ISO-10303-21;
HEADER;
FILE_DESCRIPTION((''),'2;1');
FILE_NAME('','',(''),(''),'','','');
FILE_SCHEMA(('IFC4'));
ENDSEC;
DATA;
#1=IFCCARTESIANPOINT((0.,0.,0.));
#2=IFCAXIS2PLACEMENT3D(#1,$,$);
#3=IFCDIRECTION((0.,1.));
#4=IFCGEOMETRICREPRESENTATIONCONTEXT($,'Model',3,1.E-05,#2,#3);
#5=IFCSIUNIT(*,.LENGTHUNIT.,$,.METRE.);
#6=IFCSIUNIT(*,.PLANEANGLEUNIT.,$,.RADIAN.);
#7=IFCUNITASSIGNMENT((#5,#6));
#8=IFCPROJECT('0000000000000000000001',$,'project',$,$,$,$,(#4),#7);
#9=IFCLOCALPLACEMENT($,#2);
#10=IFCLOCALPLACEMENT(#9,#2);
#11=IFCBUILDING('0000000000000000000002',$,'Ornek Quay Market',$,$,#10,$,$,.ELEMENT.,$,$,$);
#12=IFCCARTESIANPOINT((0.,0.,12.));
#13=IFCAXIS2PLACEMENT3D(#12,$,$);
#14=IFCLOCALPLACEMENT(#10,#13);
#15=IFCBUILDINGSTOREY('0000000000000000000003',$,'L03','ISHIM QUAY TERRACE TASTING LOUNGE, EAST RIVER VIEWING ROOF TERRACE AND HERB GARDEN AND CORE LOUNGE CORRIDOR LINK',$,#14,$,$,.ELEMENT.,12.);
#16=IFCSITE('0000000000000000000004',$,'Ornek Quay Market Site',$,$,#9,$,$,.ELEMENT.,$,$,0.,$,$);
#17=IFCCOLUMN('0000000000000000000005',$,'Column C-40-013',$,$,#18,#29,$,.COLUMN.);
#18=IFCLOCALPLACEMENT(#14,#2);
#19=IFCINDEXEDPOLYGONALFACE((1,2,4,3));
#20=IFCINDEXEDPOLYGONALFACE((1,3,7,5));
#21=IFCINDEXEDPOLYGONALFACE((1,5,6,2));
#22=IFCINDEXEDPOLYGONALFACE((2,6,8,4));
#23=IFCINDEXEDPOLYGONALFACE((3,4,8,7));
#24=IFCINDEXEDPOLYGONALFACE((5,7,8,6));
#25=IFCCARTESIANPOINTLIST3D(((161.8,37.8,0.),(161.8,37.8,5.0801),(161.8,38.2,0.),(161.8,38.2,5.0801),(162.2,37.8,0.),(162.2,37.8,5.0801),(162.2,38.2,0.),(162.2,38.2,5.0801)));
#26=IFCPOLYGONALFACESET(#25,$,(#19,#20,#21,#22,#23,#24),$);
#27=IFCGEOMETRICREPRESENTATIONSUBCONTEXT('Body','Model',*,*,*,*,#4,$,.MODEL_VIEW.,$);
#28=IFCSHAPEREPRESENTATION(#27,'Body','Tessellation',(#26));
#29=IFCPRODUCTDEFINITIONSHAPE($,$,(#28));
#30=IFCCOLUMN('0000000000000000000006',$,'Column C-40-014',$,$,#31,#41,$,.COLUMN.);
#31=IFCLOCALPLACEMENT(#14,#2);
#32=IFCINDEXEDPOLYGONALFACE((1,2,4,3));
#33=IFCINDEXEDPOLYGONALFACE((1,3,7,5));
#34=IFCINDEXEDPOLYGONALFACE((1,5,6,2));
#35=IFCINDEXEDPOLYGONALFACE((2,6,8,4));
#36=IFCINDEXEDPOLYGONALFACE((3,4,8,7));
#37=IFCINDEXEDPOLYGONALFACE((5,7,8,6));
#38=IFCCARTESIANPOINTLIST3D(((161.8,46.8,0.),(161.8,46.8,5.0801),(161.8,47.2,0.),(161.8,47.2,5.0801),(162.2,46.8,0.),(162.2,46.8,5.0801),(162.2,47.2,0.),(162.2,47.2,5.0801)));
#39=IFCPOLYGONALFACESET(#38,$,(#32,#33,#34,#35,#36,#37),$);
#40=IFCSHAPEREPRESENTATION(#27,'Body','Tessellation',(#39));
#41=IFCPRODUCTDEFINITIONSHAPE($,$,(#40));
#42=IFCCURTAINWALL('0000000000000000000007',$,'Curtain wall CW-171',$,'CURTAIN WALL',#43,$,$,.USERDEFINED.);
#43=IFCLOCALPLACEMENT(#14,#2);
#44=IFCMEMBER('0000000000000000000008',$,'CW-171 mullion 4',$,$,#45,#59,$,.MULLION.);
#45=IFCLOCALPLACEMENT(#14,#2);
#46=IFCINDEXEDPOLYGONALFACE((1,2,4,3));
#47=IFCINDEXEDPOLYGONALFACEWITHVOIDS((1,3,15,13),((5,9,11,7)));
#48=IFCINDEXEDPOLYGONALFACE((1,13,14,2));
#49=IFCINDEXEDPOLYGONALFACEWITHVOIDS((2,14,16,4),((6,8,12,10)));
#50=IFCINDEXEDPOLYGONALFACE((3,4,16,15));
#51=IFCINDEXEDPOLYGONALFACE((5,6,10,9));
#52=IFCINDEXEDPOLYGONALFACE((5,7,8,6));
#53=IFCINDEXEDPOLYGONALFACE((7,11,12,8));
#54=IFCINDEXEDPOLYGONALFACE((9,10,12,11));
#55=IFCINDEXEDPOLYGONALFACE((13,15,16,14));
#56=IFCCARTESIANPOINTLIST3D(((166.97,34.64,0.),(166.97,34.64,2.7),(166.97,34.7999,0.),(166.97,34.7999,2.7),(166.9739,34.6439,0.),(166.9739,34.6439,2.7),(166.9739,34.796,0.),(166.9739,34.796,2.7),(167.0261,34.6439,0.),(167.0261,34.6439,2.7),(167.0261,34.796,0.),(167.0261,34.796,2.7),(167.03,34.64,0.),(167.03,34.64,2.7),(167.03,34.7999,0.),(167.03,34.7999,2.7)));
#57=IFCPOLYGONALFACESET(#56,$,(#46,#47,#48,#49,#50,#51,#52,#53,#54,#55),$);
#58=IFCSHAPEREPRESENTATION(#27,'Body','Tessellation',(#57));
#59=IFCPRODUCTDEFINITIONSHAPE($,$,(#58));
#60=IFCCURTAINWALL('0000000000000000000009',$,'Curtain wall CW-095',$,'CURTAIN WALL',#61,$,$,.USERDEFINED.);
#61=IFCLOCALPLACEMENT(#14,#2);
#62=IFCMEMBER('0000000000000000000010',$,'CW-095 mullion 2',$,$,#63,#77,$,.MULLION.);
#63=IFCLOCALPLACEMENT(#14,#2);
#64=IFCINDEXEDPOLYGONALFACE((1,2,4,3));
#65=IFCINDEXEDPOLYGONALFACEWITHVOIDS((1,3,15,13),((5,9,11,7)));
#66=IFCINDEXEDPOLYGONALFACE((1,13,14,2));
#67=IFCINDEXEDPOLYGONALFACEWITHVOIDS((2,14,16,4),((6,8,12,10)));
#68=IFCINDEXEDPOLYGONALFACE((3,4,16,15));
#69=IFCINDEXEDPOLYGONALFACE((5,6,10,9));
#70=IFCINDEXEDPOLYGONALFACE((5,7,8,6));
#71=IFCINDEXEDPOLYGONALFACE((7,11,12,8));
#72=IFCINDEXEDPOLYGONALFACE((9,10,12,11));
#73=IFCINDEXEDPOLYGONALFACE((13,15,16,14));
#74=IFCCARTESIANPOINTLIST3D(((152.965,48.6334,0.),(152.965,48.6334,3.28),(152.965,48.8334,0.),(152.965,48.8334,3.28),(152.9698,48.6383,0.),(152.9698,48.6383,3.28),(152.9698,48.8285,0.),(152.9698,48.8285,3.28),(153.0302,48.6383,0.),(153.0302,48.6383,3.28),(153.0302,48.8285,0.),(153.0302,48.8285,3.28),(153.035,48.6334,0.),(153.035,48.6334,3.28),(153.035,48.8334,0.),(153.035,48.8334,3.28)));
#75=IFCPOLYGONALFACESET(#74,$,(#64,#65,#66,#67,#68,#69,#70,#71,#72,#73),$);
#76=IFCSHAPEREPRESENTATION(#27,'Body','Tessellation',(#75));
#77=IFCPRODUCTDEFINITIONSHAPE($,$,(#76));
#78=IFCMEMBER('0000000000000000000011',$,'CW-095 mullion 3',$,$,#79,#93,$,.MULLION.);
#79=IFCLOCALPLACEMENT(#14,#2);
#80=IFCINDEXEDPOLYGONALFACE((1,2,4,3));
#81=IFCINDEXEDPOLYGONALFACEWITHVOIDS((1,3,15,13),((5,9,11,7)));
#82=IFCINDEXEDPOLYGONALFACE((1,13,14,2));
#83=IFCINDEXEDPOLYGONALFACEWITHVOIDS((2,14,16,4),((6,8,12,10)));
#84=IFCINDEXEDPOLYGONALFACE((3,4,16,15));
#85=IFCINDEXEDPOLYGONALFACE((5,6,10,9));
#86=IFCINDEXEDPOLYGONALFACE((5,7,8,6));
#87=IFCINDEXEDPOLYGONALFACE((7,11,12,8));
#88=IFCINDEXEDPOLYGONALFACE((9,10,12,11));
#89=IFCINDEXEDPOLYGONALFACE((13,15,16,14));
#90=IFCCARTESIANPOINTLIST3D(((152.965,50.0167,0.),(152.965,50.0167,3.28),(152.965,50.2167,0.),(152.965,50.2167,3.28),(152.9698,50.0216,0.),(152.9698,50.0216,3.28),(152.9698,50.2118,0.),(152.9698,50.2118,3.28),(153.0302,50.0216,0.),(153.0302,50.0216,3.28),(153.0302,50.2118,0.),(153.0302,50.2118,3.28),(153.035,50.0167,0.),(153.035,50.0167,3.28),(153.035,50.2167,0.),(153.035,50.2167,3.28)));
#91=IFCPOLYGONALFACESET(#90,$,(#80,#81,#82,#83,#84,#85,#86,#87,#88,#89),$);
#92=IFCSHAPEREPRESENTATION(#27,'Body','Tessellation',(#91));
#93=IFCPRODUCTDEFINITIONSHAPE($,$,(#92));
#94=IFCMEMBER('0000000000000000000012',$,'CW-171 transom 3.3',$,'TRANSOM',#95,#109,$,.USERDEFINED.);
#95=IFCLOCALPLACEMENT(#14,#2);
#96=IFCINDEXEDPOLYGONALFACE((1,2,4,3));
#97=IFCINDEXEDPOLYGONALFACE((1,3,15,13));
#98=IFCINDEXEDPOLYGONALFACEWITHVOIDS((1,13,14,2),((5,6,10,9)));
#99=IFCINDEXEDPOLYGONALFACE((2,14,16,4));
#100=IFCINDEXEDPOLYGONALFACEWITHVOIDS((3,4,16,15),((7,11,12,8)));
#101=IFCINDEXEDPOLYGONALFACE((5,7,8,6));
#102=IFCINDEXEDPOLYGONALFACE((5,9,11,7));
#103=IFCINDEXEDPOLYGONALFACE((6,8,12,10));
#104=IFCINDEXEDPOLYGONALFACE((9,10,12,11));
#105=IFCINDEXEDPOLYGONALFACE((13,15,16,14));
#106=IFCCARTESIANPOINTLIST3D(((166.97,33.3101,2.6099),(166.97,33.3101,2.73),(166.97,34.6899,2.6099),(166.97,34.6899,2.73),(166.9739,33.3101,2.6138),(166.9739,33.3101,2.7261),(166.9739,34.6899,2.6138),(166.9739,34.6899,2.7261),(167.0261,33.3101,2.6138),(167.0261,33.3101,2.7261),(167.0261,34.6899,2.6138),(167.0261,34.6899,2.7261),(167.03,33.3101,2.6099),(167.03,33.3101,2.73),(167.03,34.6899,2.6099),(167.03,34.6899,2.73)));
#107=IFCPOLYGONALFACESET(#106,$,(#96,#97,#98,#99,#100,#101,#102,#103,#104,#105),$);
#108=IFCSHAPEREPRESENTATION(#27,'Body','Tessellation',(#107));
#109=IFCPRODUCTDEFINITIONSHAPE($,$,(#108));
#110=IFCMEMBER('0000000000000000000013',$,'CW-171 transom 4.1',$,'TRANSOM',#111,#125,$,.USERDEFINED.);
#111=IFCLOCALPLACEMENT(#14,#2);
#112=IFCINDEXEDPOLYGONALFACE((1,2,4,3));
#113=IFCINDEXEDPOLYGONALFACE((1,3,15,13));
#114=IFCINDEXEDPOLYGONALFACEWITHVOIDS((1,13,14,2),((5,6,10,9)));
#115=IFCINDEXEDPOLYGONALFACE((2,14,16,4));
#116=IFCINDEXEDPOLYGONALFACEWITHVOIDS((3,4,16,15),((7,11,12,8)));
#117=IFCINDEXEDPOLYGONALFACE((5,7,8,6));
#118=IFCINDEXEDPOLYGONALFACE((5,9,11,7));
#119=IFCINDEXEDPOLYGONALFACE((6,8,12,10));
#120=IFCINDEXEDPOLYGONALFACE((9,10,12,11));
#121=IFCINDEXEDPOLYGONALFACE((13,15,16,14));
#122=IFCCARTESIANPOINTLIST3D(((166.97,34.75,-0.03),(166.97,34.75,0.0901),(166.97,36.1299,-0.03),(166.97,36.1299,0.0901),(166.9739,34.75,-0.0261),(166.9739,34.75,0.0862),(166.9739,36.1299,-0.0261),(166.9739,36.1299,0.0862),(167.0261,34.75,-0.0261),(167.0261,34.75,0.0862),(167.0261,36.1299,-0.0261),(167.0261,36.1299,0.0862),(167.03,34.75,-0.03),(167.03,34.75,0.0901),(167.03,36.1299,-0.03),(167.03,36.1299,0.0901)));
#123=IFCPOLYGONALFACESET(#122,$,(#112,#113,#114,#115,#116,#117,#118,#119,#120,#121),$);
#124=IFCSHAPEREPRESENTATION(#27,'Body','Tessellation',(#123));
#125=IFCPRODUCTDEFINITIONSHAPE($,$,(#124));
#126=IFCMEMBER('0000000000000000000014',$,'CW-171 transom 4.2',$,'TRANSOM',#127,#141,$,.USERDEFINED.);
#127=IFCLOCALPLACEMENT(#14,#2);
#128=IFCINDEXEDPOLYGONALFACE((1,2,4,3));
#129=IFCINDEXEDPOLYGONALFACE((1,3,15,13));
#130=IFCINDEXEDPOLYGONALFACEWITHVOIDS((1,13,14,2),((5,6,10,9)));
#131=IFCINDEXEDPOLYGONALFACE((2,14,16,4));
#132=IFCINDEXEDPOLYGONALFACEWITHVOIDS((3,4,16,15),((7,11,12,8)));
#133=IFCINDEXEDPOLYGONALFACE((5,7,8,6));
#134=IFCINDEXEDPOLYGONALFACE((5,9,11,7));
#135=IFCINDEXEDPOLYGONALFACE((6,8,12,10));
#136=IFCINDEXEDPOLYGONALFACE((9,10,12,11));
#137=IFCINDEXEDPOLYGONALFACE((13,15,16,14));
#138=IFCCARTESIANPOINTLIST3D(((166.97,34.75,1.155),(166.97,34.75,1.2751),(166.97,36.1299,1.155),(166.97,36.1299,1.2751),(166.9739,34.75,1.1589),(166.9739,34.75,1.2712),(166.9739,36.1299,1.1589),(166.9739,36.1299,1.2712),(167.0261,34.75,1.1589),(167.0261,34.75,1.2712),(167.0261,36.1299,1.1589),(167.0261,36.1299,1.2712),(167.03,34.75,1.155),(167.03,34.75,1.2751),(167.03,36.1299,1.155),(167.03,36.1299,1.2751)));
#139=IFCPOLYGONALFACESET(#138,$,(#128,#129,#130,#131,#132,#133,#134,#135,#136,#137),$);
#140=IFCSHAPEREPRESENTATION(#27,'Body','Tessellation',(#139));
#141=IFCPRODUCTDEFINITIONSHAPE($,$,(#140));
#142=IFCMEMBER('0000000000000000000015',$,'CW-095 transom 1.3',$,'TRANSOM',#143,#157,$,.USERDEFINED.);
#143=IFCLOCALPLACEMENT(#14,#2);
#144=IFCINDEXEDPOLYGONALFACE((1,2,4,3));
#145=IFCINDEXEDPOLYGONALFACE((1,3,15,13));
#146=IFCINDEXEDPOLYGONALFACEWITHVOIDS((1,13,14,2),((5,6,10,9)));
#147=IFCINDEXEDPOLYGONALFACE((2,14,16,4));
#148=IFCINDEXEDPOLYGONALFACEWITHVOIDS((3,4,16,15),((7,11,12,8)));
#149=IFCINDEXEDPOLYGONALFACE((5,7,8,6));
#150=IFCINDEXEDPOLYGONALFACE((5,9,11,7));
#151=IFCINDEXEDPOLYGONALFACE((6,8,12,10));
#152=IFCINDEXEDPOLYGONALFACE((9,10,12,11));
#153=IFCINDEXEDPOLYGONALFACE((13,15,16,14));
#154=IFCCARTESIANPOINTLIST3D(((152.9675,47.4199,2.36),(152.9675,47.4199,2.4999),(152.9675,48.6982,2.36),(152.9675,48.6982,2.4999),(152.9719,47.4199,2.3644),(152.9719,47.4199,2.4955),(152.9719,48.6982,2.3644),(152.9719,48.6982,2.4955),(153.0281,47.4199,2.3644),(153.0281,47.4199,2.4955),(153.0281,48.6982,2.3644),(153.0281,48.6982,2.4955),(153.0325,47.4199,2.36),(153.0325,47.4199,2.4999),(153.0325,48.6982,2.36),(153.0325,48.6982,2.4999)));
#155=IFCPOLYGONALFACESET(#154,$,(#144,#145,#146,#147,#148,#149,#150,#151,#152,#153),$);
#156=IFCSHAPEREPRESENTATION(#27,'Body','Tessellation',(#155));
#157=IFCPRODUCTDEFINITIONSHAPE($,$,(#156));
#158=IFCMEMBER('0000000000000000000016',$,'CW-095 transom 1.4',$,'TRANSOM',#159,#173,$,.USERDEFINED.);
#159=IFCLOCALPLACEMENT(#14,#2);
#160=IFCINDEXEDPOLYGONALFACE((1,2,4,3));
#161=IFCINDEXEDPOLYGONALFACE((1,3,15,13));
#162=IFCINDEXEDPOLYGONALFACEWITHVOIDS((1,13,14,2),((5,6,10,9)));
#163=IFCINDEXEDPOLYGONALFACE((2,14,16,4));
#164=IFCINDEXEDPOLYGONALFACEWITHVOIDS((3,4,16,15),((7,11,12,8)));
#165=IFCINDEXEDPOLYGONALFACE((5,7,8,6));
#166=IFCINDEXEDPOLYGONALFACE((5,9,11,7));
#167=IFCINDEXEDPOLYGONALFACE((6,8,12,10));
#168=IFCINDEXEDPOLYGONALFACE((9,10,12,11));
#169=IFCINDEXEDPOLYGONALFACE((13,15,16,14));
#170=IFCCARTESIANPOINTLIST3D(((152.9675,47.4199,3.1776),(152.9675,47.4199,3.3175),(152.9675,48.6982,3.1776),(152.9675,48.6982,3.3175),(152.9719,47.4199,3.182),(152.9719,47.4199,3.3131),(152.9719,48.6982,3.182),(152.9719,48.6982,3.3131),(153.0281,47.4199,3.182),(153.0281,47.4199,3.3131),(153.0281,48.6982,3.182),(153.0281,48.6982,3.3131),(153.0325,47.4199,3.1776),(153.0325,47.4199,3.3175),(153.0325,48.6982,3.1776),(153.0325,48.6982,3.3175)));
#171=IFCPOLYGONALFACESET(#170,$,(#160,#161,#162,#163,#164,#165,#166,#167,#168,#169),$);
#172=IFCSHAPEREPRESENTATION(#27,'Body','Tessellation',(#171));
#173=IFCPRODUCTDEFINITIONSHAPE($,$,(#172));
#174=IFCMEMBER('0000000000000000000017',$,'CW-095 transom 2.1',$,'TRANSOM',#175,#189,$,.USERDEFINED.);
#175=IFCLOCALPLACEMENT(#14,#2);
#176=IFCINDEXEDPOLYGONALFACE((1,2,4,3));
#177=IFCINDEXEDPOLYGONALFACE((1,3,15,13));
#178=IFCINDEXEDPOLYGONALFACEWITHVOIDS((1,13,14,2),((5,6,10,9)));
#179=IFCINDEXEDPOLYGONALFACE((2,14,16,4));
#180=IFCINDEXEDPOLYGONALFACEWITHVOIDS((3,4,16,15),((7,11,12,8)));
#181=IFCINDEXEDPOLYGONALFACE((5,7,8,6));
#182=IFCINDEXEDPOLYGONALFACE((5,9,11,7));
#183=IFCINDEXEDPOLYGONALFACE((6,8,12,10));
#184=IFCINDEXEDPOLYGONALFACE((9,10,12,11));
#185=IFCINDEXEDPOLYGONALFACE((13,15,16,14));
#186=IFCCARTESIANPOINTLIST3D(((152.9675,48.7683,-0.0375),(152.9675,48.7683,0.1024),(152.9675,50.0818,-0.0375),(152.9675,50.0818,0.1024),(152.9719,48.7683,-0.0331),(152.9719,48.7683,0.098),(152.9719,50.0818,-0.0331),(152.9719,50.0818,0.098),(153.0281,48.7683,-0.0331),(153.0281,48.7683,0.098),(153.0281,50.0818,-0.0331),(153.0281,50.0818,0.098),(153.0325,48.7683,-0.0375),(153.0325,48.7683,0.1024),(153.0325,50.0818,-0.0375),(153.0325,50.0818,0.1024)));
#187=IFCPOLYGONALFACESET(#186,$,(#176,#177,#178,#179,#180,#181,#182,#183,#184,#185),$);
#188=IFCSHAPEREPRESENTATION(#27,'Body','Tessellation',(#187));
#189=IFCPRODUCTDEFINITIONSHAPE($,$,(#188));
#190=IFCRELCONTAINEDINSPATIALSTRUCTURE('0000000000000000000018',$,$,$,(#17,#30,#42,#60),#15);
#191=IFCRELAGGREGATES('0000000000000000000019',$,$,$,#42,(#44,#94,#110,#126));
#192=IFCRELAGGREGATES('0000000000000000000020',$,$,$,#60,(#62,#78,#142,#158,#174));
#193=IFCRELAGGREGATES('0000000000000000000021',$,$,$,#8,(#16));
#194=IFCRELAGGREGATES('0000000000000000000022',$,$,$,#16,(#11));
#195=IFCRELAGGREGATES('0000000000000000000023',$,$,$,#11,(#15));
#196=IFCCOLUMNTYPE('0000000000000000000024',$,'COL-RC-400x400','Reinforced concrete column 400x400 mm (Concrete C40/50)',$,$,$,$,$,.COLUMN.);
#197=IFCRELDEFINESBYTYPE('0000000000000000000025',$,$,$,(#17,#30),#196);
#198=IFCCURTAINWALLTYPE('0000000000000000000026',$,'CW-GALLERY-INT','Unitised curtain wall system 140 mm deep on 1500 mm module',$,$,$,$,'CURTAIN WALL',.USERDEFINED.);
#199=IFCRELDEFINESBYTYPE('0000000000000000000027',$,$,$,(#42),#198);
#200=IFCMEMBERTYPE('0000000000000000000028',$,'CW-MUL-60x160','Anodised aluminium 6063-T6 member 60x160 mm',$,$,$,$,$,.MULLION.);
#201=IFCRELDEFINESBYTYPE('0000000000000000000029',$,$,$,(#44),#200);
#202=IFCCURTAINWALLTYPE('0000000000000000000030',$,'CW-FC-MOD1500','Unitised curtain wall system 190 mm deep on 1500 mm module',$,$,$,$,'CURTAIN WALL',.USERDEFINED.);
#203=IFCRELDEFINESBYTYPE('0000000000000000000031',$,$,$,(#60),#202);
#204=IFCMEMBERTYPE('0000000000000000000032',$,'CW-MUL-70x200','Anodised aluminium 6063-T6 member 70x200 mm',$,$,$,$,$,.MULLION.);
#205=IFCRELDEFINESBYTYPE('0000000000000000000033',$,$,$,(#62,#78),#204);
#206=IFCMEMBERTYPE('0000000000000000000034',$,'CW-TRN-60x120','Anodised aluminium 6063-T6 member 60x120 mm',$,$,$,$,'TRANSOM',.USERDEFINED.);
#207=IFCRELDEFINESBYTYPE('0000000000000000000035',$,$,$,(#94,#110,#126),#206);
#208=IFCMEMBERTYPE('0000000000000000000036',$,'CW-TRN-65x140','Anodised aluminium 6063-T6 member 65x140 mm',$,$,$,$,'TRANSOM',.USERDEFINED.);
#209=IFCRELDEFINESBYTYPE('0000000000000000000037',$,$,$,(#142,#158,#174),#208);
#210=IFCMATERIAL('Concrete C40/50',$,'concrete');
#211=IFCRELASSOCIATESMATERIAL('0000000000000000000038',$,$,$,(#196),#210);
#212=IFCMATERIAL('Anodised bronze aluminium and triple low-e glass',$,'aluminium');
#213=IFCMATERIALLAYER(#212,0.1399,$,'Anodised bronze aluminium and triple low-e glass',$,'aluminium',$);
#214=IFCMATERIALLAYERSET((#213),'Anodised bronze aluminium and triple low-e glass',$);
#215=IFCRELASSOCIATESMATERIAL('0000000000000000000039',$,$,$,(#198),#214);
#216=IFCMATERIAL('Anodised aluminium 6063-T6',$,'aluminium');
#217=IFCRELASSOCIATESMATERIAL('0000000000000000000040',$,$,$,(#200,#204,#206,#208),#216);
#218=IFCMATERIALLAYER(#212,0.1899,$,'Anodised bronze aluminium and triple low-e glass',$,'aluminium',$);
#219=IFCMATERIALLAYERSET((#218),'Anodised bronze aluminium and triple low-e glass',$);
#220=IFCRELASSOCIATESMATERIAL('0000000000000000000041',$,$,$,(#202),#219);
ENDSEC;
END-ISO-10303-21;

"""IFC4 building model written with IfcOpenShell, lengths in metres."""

from ifc_helpers import new_model, si_unit, direction, frame, origin, origin_2d, place, context, subcontext, project, spatial, rectangle, hollow_rectangle, extrude, material, layer, layer_set, material_profile, profile_set, type_object, element, aggregate, save


model = new_model("IFC4")

# Units and contexts
model_context = context("Model", 3, precision=1e-05, world=origin(), true_north=direction((0.0, 1.0)))
body_context = subcontext(model_context, "Body", "Model", "MODEL_VIEW")
ifc_project = project(units=[si_unit("LENGTHUNIT", "METRE"), si_unit("PLANEANGLEUNIT", "RADIAN")], contexts=[model_context])

# Site, building, storey
site_placement = place(None, origin())
site = spatial("IfcSite", under=ifc_project, at=site_placement, Name="Ornek Quay Market Site", CompositionType="ELEMENT", RefElevation=0.0)
building_placement = place(site_placement, origin())
building = spatial("IfcBuilding", under=site, at=building_placement, Name="Ornek Quay Market", CompositionType="ELEMENT")
storey_placement = place(building_placement, frame((0.0, 0.0, 12.0)))
storey = spatial("IfcBuildingStorey", under=building, at=storey_placement, Name="L03", Description="ISHIM QUAY TERRACE TASTING LOUNGE, EAST RIVER VIEWING ROOF TERRACE AND HERB GARDEN AND CORE LOUNGE CORRIDOR LINK", CompositionType="ELEMENT", Elevation=12.0)

# Columns
ifc_material_1 = material(Name="Concrete C40/50", Category="concrete")
ifc_material_profile_1 = material_profile(ifc_material_1, rectangle(XDim=0.3999, YDim=0.3999, at=origin_2d()), Name="RC 400x400", Category="concrete")
ifc_profile_set_1 = profile_set([ifc_material_profile_1], Name="Concrete C40/50")
column_type = type_object("IfcColumnType", Name="COL-RC-400x400", Description="Reinforced concrete column 400x400 mm (Concrete C40/50)", PredefinedType="COLUMN", material=ifc_profile_set_1)
for number, where, z_axis, x_axis, name in (
    (1, (162.0, 38.0, 0.0), (0.0, 0.0, 1.0), (1.0, 0.0, 0.0), "Column C-40-013"),
    (2, (162.0, 47.0, 0.0), (0.0, 0.0, 1.0), (1.0, 0.0, 0.0), "Column C-40-014"),
):
    element("IfcColumn", number, at=place(storey_placement, frame(where, z_axis=z_axis, x_axis=x_axis)), inside=storey, type_object=column_type, Name=name, PredefinedType="COLUMN", context=body_context, shape_type="SweptSolid", body=[
        extrude(rectangle(XDim=0.3999, YDim=0.3999, at=origin_2d()), origin(), (0.0, 0.0, 1.0), 5.0801),
    ])

# Curtain wall, member
ifc_material_2 = material(Name="Anodised bronze aluminium and triple low-e glass", Category="aluminium")
ifc_layer_1 = layer(ifc_material_2, 0.1399, Name="Anodised bronze aluminium and triple low-e glass", Category="aluminium")
ifc_layer_set_1 = layer_set([ifc_layer_1], Name="Anodised bronze aluminium and triple low-e glass")
curtain_wall_type_1 = type_object("IfcCurtainWallType", Name="CW-GALLERY-INT", Description="Unitised curtain wall system 140 mm deep on 1500 mm module", ElementType="CURTAIN WALL", PredefinedType="USERDEFINED", material=ifc_layer_set_1)
curtain_wall_1_placement = place(storey_placement, origin())
curtain_wall_1 = element("IfcCurtainWall", 3, at=curtain_wall_1_placement, inside=storey, type_object=curtain_wall_type_1, Name="Curtain wall CW-171", ObjectType="CURTAIN WALL", PredefinedType="USERDEFINED")
ifc_material_3 = material(Name="Anodised aluminium 6063-T6", Category="aluminium")
ifc_material_profile_2 = material_profile(ifc_material_3, hollow_rectangle(XDim=0.0601, YDim=0.1599, WallThickness=0.0039, at=origin_2d()), Name="CW-MUL-60x160", Category="aluminium")
ifc_profile_set_2 = profile_set([ifc_material_profile_2], Name="Anodised aluminium 6063-T6")
member_type_1 = type_object("IfcMemberType", Name="CW-MUL-60x160", Description="Anodised aluminium 6063-T6 member 60x160 mm", PredefinedType="MULLION", material=ifc_profile_set_2)
member_1_placement = place(storey_placement, frame((167.0, 34.72, 0.0), z_axis=(0.0, 0.0, 1.0), x_axis=(-1.0, 0.0, 0.0)))
member_1 = element("IfcMember", 4, at=member_1_placement, type_object=member_type_1, Name="CW-171 mullion 4", PredefinedType="MULLION", context=body_context, shape_type="SweptSolid", body=[
    extrude(hollow_rectangle(XDim=0.0601, YDim=0.1599, WallThickness=0.0039, at=origin_2d()), origin(), (0.0, 0.0, 1.0), 2.7),
])

# Curtain wall, members
ifc_layer_2 = layer(ifc_material_2, 0.1899, Name="Anodised bronze aluminium and triple low-e glass", Category="aluminium")
ifc_layer_set_2 = layer_set([ifc_layer_2], Name="Anodised bronze aluminium and triple low-e glass")
curtain_wall_type_2 = type_object("IfcCurtainWallType", Name="CW-FC-MOD1500", Description="Unitised curtain wall system 190 mm deep on 1500 mm module", ElementType="CURTAIN WALL", PredefinedType="USERDEFINED", material=ifc_layer_set_2)
curtain_wall_2_placement = place(storey_placement, origin())
curtain_wall_2 = element("IfcCurtainWall", 5, at=curtain_wall_2_placement, inside=storey, type_object=curtain_wall_type_2, Name="Curtain wall CW-095", ObjectType="CURTAIN WALL", PredefinedType="USERDEFINED")
ifc_material_profile_3 = material_profile(ifc_material_3, hollow_rectangle(XDim=0.0701, YDim=0.2, WallThickness=0.0049, at=origin_2d()), Name="CW-MUL-70x200", Category="aluminium")
ifc_profile_set_3 = profile_set([ifc_material_profile_3], Name="Anodised aluminium 6063-T6")
member_type_2 = type_object("IfcMemberType", Name="CW-MUL-70x200", Description="Anodised aluminium 6063-T6 member 70x200 mm", PredefinedType="MULLION", material=ifc_profile_set_3)
member_2_placement = place(storey_placement, frame((153.0, 48.7334, 0.0), z_axis=(0.0, 0.0, 1.0), x_axis=(-1.0, 0.0, 0.0)))
member_2 = element("IfcMember", 6, at=member_2_placement, type_object=member_type_2, Name="CW-095 mullion 2", PredefinedType="MULLION", context=body_context, shape_type="SweptSolid", body=[
    extrude(hollow_rectangle(XDim=0.0701, YDim=0.2, WallThickness=0.0049, at=origin_2d()), origin(), (0.0, 0.0, 1.0), 3.28),
])
member_3_placement = place(storey_placement, frame((153.0, 50.1167, 0.0), z_axis=(0.0, 0.0, 1.0), x_axis=(-1.0, 0.0, 0.0)))
member_3 = element("IfcMember", 7, at=member_3_placement, type_object=member_type_2, Name="CW-095 mullion 3", PredefinedType="MULLION", context=body_context, shape_type="SweptSolid", body=[
    extrude(hollow_rectangle(XDim=0.0701, YDim=0.2, WallThickness=0.0049, at=origin_2d()), origin(), (0.0, 0.0, 1.0), 3.28),
])

# Members
ifc_material_profile_4 = material_profile(ifc_material_3, hollow_rectangle(XDim=0.0601, YDim=0.1201, WallThickness=0.0039, at=origin_2d()), Name="CW-TRN-60x120", Category="aluminium")
ifc_profile_set_4 = profile_set([ifc_material_profile_4], Name="Anodised aluminium 6063-T6")
member_type_3 = type_object("IfcMemberType", Name="CW-TRN-60x120", Description="Anodised aluminium 6063-T6 member 60x120 mm", ElementType="TRANSOM", PredefinedType="USERDEFINED", material=ifc_profile_set_4)
member_4_placement = place(storey_placement, frame((167.0, 33.3101, 2.6699), z_axis=(0.0, 1.0, 0.0), x_axis=(-1.0, 0.0, 0.0)))
member_4 = element("IfcMember", 8, at=member_4_placement, type_object=member_type_3, Name="CW-171 transom 3.3", ObjectType="TRANSOM", PredefinedType="USERDEFINED", context=body_context, shape_type="SweptSolid", body=[
    extrude(hollow_rectangle(XDim=0.0601, YDim=0.1201, WallThickness=0.0039, at=origin_2d()), origin(), (0.0, 0.0, 1.0), 1.3799),
])
member_5_placement = place(storey_placement, frame((167.0, 34.75, 0.03), z_axis=(0.0, 1.0, 0.0), x_axis=(-1.0, 0.0, 0.0)))
member_5 = element("IfcMember", 9, at=member_5_placement, type_object=member_type_3, Name="CW-171 transom 4.1", ObjectType="TRANSOM", PredefinedType="USERDEFINED", context=body_context, shape_type="SweptSolid", body=[
    extrude(hollow_rectangle(XDim=0.0601, YDim=0.1201, WallThickness=0.0039, at=origin_2d()), origin(), (0.0, 0.0, 1.0), 1.3799),
])
member_6_placement = place(storey_placement, frame((167.0, 34.75, 1.2151), z_axis=(0.0, 1.0, 0.0), x_axis=(-1.0, 0.0, 0.0)))
member_6 = element("IfcMember", 10, at=member_6_placement, type_object=member_type_3, Name="CW-171 transom 4.2", ObjectType="TRANSOM", PredefinedType="USERDEFINED", context=body_context, shape_type="SweptSolid", body=[
    extrude(hollow_rectangle(XDim=0.0601, YDim=0.1201, WallThickness=0.0039, at=origin_2d()), origin(), (0.0, 0.0, 1.0), 1.3799),
])
ifc_material_profile_5 = material_profile(ifc_material_3, hollow_rectangle(XDim=0.0649, YDim=0.1399, WallThickness=0.0044, at=origin_2d()), Name="CW-TRN-65x140", Category="aluminium")
ifc_profile_set_5 = profile_set([ifc_material_profile_5], Name="Anodised aluminium 6063-T6")
member_type_4 = type_object("IfcMemberType", Name="CW-TRN-65x140", Description="Anodised aluminium 6063-T6 member 65x140 mm", ElementType="TRANSOM", PredefinedType="USERDEFINED", material=ifc_profile_set_5)
member_7_placement = place(storey_placement, frame((153.0, 47.4199, 2.4299), z_axis=(0.0, 1.0, 0.0), x_axis=(-1.0, 0.0, 0.0)))
member_7 = element("IfcMember", 11, at=member_7_placement, type_object=member_type_4, Name="CW-095 transom 1.3", ObjectType="TRANSOM", PredefinedType="USERDEFINED", context=body_context, shape_type="SweptSolid", body=[
    extrude(hollow_rectangle(XDim=0.0649, YDim=0.1399, WallThickness=0.0044, at=origin_2d()), origin(), (0.0, 0.0, 1.0), 1.2783),
])
member_8_placement = place(storey_placement, frame((153.0, 47.4199, 3.2476), z_axis=(0.0, 1.0, 0.0), x_axis=(-1.0, 0.0, 0.0)))
member_8 = element("IfcMember", 12, at=member_8_placement, type_object=member_type_4, Name="CW-095 transom 1.4", ObjectType="TRANSOM", PredefinedType="USERDEFINED", context=body_context, shape_type="SweptSolid", body=[
    extrude(hollow_rectangle(XDim=0.0649, YDim=0.1399, WallThickness=0.0044, at=origin_2d()), origin(), (0.0, 0.0, 1.0), 1.2783),
])
member_9_placement = place(storey_placement, frame((153.0, 48.7683, 0.0325), z_axis=(0.0, 1.0, 0.0), x_axis=(-1.0, 0.0, 0.0)))
member_9 = element("IfcMember", 13, at=member_9_placement, type_object=member_type_4, Name="CW-095 transom 2.1", ObjectType="TRANSOM", PredefinedType="USERDEFINED", context=body_context, shape_type="SweptSolid", body=[
    extrude(hollow_rectangle(XDim=0.0649, YDim=0.1399, WallThickness=0.0044, at=origin_2d()), origin(), (0.0, 0.0, 1.0), 1.3135),
])

aggregate(curtain_wall_1, [member_1, member_4, member_5, member_6])
aggregate(curtain_wall_2, [member_2, member_3, member_7, member_8, member_9])

save(model, "model.ifc")
